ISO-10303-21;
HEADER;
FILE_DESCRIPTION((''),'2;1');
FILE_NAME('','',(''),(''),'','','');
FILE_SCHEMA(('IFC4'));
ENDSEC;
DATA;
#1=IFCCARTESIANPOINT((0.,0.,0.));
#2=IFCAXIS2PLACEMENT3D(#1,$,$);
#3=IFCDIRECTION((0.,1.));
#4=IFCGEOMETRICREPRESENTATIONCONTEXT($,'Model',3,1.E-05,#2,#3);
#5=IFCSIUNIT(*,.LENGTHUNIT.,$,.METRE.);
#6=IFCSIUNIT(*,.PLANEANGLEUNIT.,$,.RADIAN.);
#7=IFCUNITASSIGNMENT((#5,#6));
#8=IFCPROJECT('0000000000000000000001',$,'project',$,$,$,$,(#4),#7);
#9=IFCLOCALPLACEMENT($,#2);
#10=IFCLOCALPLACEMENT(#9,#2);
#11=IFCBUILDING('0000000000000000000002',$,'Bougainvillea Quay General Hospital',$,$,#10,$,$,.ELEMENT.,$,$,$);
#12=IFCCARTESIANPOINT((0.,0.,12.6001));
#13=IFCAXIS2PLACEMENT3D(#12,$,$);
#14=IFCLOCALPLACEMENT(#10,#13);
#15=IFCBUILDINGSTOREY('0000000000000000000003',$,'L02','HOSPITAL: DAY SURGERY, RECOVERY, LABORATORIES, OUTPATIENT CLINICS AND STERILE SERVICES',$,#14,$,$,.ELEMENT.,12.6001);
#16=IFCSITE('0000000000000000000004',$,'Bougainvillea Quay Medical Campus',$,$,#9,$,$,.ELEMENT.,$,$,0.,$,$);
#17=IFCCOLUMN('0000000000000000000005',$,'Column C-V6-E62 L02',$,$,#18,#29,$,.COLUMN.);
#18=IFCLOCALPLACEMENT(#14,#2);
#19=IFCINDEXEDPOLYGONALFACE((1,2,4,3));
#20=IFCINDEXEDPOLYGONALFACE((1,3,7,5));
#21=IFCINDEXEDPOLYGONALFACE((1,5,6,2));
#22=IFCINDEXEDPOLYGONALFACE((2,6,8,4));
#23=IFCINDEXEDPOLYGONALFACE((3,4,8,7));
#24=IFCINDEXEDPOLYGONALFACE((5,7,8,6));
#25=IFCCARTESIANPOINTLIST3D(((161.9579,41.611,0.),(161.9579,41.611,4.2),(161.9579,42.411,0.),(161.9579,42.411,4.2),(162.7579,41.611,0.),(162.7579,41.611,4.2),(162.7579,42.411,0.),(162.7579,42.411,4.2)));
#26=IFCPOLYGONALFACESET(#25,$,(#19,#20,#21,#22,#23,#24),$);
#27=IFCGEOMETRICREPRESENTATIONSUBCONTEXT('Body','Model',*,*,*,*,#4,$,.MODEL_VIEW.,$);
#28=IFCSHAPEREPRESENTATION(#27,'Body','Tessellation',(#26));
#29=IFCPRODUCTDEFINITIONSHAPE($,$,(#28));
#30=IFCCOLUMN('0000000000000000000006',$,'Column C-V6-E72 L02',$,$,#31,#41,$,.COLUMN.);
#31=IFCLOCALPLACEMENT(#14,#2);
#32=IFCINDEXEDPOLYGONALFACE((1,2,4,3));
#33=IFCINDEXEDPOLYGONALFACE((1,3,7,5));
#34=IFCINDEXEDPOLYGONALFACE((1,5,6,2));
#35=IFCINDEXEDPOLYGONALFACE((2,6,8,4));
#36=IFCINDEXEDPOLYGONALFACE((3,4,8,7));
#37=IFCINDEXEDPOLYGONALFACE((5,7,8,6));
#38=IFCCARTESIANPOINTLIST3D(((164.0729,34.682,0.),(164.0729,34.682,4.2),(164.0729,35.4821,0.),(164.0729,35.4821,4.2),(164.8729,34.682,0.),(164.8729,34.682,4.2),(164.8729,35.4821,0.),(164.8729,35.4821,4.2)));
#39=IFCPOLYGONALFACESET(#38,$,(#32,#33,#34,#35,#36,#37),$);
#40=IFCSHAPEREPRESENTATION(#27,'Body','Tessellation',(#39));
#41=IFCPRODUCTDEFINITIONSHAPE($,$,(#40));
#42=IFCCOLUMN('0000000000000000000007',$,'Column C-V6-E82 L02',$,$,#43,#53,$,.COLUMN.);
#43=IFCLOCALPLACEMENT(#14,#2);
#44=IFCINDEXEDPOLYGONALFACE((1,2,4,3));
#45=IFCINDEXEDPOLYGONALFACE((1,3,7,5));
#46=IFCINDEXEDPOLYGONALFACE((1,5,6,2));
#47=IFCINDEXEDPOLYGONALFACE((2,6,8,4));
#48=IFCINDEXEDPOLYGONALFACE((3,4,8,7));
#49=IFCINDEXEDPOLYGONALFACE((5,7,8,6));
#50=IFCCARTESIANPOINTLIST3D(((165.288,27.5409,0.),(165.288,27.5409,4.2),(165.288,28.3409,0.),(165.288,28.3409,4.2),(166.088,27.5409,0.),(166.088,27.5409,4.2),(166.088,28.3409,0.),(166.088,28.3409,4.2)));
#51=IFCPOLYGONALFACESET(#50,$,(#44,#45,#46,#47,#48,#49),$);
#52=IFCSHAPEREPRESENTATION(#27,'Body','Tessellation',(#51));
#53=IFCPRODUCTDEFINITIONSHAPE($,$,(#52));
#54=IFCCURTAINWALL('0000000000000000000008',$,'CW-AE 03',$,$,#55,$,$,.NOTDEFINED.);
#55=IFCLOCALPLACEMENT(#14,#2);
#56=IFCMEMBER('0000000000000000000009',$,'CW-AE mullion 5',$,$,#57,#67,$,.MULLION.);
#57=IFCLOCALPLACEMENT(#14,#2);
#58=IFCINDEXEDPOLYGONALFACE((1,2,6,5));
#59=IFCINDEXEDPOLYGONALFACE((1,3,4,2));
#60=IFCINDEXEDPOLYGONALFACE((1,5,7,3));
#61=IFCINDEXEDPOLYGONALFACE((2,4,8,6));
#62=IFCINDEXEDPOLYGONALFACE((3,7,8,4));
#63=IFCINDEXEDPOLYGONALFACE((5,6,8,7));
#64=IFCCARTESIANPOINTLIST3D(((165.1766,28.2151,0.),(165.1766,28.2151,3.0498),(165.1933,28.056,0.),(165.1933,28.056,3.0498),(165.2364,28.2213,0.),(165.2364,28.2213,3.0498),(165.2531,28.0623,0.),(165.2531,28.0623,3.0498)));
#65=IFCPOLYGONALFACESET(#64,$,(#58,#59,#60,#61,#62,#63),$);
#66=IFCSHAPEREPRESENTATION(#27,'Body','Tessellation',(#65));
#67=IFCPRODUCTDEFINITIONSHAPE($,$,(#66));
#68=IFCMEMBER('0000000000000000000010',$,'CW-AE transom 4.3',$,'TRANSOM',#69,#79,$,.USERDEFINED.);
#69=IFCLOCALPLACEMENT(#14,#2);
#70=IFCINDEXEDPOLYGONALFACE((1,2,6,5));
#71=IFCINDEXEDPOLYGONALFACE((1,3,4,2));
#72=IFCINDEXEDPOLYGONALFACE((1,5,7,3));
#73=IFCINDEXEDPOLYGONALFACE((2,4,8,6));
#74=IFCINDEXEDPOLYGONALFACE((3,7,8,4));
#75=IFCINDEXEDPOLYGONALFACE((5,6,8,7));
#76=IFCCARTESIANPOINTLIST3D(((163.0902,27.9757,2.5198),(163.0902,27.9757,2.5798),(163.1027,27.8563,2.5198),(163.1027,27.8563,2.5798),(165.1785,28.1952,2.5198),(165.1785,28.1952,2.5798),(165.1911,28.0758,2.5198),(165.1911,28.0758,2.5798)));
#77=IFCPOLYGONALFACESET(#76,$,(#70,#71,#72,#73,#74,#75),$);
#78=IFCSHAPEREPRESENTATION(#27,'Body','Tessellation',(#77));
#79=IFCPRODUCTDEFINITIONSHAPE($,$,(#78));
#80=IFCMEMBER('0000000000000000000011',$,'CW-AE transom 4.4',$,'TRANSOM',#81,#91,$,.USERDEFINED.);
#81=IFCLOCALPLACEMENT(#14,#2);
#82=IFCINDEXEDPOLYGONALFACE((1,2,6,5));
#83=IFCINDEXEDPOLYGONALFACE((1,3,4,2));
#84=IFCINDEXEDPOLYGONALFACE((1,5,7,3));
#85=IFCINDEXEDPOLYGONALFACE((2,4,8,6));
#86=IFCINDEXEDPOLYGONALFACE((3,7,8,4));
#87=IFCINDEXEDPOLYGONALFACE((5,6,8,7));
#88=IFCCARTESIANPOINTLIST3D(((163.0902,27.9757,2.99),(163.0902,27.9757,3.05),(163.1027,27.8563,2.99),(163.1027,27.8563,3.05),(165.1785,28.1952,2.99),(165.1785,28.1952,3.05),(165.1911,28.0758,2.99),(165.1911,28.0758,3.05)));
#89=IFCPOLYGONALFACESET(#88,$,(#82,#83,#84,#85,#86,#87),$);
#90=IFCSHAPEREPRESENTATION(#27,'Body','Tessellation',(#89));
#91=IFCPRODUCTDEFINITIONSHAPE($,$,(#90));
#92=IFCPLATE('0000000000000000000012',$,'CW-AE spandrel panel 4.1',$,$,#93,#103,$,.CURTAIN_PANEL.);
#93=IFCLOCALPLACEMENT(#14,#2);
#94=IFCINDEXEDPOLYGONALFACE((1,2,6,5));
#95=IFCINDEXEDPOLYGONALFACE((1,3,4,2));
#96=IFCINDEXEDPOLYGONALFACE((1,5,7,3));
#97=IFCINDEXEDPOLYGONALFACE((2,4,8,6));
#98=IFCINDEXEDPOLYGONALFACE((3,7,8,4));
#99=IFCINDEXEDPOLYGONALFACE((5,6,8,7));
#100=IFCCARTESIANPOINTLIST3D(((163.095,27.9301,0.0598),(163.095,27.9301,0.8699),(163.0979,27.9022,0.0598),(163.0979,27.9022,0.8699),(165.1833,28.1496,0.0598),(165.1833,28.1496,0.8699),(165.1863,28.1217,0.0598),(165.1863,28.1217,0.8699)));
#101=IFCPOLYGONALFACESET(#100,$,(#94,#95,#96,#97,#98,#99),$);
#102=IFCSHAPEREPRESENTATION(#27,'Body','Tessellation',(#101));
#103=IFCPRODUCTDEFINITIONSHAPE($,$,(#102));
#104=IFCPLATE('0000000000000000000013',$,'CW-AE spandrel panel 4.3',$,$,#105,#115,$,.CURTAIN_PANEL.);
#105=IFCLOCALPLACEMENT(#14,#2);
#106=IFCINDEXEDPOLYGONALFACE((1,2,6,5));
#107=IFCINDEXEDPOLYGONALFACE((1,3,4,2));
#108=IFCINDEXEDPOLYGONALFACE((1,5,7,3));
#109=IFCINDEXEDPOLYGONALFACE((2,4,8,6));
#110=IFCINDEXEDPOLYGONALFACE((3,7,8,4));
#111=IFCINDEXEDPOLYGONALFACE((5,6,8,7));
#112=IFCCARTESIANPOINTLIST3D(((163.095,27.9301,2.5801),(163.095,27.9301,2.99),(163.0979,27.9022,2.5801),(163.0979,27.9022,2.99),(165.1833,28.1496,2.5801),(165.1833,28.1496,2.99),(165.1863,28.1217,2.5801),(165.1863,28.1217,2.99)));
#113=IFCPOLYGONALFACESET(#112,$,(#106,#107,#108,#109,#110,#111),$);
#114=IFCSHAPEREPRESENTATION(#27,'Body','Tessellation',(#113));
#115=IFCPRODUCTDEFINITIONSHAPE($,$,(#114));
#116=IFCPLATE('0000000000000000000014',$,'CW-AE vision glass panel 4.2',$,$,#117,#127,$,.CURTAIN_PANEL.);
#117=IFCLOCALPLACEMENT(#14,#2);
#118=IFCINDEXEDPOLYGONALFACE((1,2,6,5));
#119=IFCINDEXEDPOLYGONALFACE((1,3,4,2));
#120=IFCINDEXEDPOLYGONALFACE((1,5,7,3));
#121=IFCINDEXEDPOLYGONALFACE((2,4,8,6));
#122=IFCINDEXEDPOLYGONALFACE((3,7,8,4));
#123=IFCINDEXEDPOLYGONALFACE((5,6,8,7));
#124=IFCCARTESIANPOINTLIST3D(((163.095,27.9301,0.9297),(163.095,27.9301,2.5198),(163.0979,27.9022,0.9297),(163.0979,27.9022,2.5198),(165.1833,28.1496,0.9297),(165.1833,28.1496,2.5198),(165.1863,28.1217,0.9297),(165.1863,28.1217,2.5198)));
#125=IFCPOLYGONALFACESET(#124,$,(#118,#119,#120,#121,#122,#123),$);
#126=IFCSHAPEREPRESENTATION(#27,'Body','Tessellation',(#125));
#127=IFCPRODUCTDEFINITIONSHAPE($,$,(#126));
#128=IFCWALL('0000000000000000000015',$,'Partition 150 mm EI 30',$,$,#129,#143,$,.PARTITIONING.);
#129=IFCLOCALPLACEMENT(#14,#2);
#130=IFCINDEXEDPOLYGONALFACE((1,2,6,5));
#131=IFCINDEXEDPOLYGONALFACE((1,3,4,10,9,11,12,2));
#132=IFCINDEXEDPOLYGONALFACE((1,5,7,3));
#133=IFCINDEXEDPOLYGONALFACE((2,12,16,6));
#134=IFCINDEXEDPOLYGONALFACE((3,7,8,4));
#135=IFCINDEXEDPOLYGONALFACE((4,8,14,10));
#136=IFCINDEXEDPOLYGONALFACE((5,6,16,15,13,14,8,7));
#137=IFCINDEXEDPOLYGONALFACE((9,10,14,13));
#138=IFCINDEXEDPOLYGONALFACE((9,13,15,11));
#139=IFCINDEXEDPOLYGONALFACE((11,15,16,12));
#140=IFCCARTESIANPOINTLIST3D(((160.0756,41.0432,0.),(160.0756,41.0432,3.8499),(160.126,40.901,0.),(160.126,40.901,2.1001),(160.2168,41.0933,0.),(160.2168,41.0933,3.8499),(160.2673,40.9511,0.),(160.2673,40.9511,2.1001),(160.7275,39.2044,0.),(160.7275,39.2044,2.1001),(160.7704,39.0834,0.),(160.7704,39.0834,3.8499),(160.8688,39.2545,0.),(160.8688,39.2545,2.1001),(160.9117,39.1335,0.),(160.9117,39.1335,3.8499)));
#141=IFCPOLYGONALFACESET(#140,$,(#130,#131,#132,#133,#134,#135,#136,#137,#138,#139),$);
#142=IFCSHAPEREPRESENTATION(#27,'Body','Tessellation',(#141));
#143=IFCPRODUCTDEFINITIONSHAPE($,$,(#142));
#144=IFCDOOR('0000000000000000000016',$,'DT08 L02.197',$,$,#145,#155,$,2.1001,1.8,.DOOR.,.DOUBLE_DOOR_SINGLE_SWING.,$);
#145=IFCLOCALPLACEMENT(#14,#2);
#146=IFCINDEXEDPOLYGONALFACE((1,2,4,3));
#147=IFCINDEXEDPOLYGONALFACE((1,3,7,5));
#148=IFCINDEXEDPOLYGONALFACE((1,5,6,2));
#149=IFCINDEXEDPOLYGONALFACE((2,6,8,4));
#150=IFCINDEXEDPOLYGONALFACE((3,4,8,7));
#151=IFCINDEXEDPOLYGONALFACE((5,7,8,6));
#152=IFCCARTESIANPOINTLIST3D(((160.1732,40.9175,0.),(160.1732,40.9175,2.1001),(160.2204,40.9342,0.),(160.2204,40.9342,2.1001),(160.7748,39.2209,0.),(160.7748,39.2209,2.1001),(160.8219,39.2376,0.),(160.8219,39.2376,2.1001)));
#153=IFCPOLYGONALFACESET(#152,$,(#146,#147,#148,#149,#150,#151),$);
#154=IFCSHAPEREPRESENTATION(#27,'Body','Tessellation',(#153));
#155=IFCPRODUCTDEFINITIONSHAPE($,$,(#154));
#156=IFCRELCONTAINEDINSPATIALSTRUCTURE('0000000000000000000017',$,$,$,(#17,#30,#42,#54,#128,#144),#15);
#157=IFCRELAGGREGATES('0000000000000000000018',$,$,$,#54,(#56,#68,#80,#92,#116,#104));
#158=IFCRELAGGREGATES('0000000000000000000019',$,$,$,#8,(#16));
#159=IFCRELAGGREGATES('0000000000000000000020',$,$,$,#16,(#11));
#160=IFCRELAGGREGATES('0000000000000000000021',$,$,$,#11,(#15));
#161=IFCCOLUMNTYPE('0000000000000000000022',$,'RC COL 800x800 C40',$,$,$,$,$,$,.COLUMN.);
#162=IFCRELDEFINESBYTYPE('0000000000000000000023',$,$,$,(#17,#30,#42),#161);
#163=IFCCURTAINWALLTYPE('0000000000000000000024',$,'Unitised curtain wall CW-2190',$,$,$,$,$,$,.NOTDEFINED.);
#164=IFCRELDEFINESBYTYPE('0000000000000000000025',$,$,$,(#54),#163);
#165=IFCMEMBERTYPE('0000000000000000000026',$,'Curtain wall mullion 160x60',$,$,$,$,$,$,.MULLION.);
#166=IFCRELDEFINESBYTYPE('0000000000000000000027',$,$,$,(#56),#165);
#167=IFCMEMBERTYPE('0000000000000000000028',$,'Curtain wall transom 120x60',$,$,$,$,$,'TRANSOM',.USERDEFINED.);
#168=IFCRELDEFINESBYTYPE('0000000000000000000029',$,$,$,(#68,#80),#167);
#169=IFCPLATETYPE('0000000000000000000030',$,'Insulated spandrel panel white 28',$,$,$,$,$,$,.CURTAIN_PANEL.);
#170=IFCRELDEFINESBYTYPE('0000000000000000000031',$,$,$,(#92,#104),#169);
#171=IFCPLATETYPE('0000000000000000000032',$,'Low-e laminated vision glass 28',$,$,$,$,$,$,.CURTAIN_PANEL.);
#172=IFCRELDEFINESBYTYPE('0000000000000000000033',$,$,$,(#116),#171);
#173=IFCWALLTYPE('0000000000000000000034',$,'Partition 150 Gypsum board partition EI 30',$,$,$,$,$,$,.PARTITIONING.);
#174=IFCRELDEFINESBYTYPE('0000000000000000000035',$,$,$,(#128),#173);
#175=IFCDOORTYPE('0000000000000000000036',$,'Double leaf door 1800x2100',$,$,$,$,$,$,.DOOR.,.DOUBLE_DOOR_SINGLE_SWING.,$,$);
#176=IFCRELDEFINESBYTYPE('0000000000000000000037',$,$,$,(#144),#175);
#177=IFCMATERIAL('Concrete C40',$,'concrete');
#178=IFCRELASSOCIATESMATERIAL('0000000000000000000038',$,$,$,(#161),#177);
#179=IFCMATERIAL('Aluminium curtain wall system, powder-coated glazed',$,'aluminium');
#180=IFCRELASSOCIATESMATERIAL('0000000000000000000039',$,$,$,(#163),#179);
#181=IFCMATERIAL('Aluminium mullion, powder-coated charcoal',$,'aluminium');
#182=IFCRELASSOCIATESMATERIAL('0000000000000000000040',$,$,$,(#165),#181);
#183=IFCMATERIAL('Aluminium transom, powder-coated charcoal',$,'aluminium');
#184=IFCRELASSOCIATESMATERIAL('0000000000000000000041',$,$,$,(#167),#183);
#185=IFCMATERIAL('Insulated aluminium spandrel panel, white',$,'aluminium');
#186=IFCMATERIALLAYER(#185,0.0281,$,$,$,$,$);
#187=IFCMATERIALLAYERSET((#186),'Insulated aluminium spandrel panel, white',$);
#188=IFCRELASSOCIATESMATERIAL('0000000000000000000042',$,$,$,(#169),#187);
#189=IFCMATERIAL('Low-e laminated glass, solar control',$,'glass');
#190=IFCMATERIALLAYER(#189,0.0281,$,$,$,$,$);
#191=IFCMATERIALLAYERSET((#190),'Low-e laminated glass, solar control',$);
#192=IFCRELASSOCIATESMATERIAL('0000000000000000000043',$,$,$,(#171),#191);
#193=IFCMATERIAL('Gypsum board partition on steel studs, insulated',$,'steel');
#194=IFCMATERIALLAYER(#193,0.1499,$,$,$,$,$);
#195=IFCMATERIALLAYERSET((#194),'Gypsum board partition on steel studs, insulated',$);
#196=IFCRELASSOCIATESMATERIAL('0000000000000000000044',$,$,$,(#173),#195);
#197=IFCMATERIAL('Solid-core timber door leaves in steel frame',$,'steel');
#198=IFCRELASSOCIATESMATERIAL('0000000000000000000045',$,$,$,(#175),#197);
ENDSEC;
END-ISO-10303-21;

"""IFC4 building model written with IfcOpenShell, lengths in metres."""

from ifc_helpers import new_model, si_unit, direction, frame, frame_2d, origin, origin_2d, place, context, subcontext, project, spatial, rectangle, extrude, material, layer, layer_set, material_profile, profile_set, type_object, element, fill, aggregate, save


model = new_model("IFC4")

# Units and contexts
model_context = context("Model", 3, precision=1e-05, world=origin(), true_north=direction((0.0, 1.0)))
body_context = subcontext(model_context, "Body", "Model", "MODEL_VIEW")
ifc_project = project(units=[si_unit("LENGTHUNIT", "METRE"), si_unit("PLANEANGLEUNIT", "RADIAN")], contexts=[model_context])

# Site, building, storey
site_placement = place(None, origin())
site = spatial("IfcSite", under=ifc_project, at=site_placement, Name="Bougainvillea Quay Medical Campus", CompositionType="ELEMENT", RefElevation=0.0)
building_placement = place(site_placement, origin())
building = spatial("IfcBuilding", under=site, at=building_placement, Name="Bougainvillea Quay General Hospital", CompositionType="ELEMENT")
storey_placement = place(building_placement, frame((0.0, 0.0, 12.6001)))
storey = spatial("IfcBuildingStorey", under=building, at=storey_placement, Name="L02", Description="HOSPITAL: DAY SURGERY, RECOVERY, LABORATORIES, OUTPATIENT CLINICS AND STERILE SERVICES", CompositionType="ELEMENT", Elevation=12.6001)

# Columns
ifc_material_1 = material(Name="Concrete C40", Category="concrete")
ifc_material_profile_1 = material_profile(ifc_material_1, rectangle(XDim=0.8, YDim=0.8, at=origin_2d()))
ifc_profile_set_1 = profile_set([ifc_material_profile_1], Name="Concrete C40")
column_type = type_object("IfcColumnType", Name="RC COL 800x800 C40", PredefinedType="COLUMN", material=ifc_profile_set_1)
for number, where, z_axis, x_axis, name in (
    (1, (162.3579, 42.011, 0.0), (0.0, 0.0, 1.0), (1.0, 0.0, 0.0), "Column C-V6-E62 L02"),
    (2, (164.4729, 35.082, 0.0), (0.0, 0.0, 1.0), (1.0, 0.0, 0.0), "Column C-V6-E72 L02"),
    (3, (165.688, 27.9409, 0.0), (0.0, 0.0, 1.0), (1.0, 0.0, 0.0), "Column C-V6-E82 L02"),
):
    element("IfcColumn", number, at=place(storey_placement, frame(where, z_axis=z_axis, x_axis=x_axis)), inside=storey, type_object=column_type, Name=name, PredefinedType="COLUMN", context=body_context, shape_type="SweptSolid", body=[
        extrude(rectangle(XDim=0.8, YDim=0.8, at=origin_2d()), origin(), (0.0, 0.0, 1.0), 4.2),
    ])

# Curtain wall, members, plates
ifc_material_2 = material(Name="Aluminium curtain wall system, powder-coated glazed", Category="aluminium")
curtain_wall_type = type_object("IfcCurtainWallType", Name="Unitised curtain wall CW-2190", PredefinedType="NOTDEFINED", material=ifc_material_2)
curtain_wall_placement = place(storey_placement, origin())
curtain_wall = element("IfcCurtainWall", 4, at=curtain_wall_placement, inside=storey, type_object=curtain_wall_type, Name="CW-AE 03", PredefinedType="NOTDEFINED")
ifc_material_3 = material(Name="Aluminium mullion, powder-coated charcoal", Category="aluminium")
ifc_material_profile_2 = material_profile(ifc_material_3, rectangle(XDim=0.1599, YDim=0.0601, at=origin_2d()))
ifc_profile_set_2 = profile_set([ifc_material_profile_2], Name="Aluminium mullion, powder-coated charcoal")
member_type_1 = type_object("IfcMemberType", Name="Curtain wall mullion 160x60", PredefinedType="MULLION", material=ifc_profile_set_2)
member_1_placement = place(storey_placement, frame((165.2148, 28.1387, 0.0), z_axis=(0.0, 0.0, 1.0), x_axis=(-0.104527, 0.994522, 0.0)))
member_1 = element("IfcMember", 5, at=member_1_placement, type_object=member_type_1, Name="CW-AE mullion 5", PredefinedType="MULLION", context=body_context, shape_type="SweptSolid", body=[
    extrude(rectangle(XDim=0.1599, YDim=0.0601, at=origin_2d()), origin(), (0.0, 0.0, 1.0), 3.0498),
])
ifc_material_4 = material(Name="Aluminium transom, powder-coated charcoal", Category="aluminium")
ifc_material_profile_3 = material_profile(ifc_material_4, rectangle(XDim=0.1201, YDim=0.0601, at=origin_2d()))
ifc_profile_set_3 = profile_set([ifc_material_profile_3], Name="Aluminium transom, powder-coated charcoal")
member_type_2 = type_object("IfcMemberType", Name="Curtain wall transom 120x60", ElementType="TRANSOM", PredefinedType="USERDEFINED", material=ifc_profile_set_3)
member_2_placement = place(storey_placement, frame((163.0964, 27.916, 2.5498), z_axis=(0.994523, 0.104521, 0.0), x_axis=(-0.104521, 0.994523, 0.0)))
member_2 = element("IfcMember", 6, at=member_2_placement, type_object=member_type_2, Name="CW-AE transom 4.3", ObjectType="TRANSOM", PredefinedType="USERDEFINED", context=body_context, shape_type="SweptSolid", body=[
    extrude(rectangle(XDim=0.1201, YDim=0.0601, at=origin_2d()), origin(), (0.0, 0.0, 1.0), 2.0999),
])
member_3_placement = place(storey_placement, frame((163.0964, 27.916, 3.02), z_axis=(0.994523, 0.104521, 0.0), x_axis=(-0.104521, 0.994523, 0.0)))
member_3 = element("IfcMember", 7, at=member_3_placement, type_object=member_type_2, Name="CW-AE transom 4.4", ObjectType="TRANSOM", PredefinedType="USERDEFINED", context=body_context, shape_type="SweptSolid", body=[
    extrude(rectangle(XDim=0.1201, YDim=0.0601, at=origin_2d()), origin(), (0.0, 0.0, 1.0), 2.0999),
])
ifc_material_5 = material(Name="Insulated aluminium spandrel panel, white", Category="aluminium")
ifc_layer_1 = layer(ifc_material_5, 0.0281)
ifc_layer_set_1 = layer_set([ifc_layer_1], Name="Insulated aluminium spandrel panel, white")
plate_type_1 = type_object("IfcPlateType", Name="Insulated spandrel panel white 28", PredefinedType="CURTAIN_PANEL", material=ifc_layer_set_1)
plate_1_placement = place(storey_placement, frame((164.1406, 28.0259, 0.0598), z_axis=(0.0, 0.0, 1.0), x_axis=(0.994522, 0.104527, 0.0)))
plate_1 = element("IfcPlate", 8, at=plate_1_placement, type_object=plate_type_1, Name="CW-AE spandrel panel 4.1", PredefinedType="CURTAIN_PANEL", context=body_context, shape_type="SweptSolid", body=[
    extrude(rectangle(XDim=2.0999, YDim=0.0281, at=origin_2d()), origin(), (0.0, 0.0, 1.0), 0.8101),
])
plate_2_placement = place(storey_placement, frame((164.1406, 28.0259, 2.5801), z_axis=(0.0, 0.0, 1.0), x_axis=(0.994522, 0.104527, 0.0)))
plate_2 = element("IfcPlate", 9, at=plate_2_placement, type_object=plate_type_1, Name="CW-AE spandrel panel 4.3", PredefinedType="CURTAIN_PANEL", context=body_context, shape_type="SweptSolid", body=[
    extrude(rectangle(XDim=2.0999, YDim=0.0281, at=origin_2d()), origin(), (0.0, 0.0, 1.0), 0.4099),
])
ifc_material_6 = material(Name="Low-e laminated glass, solar control", Category="glass")
ifc_layer_2 = layer(ifc_material_6, 0.0281)
ifc_layer_set_2 = layer_set([ifc_layer_2], Name="Low-e laminated glass, solar control")
plate_type_2 = type_object("IfcPlateType", Name="Low-e laminated vision glass 28", PredefinedType="CURTAIN_PANEL", material=ifc_layer_set_2)
plate_3_placement = place(storey_placement, frame((164.1406, 28.0259, 0.9297), z_axis=(0.0, 0.0, 1.0), x_axis=(0.994522, 0.104527, 0.0)))
plate_3 = element("IfcPlate", 10, at=plate_3_placement, type_object=plate_type_2, Name="CW-AE vision glass panel 4.2", PredefinedType="CURTAIN_PANEL", context=body_context, shape_type="SweptSolid", body=[
    extrude(rectangle(XDim=2.0999, YDim=0.0281, at=origin_2d()), origin(), (0.0, 0.0, 1.0), 1.5901),
])
aggregate(curtain_wall, [member_1, member_2, member_3, plate_1, plate_3, plate_2])

# Wall, opening, door
ifc_material_7 = material(Name="Gypsum board partition on steel studs, insulated", Category="steel")
ifc_layer_3 = layer(ifc_material_7, 0.1499)
ifc_layer_set_3 = layer_set([ifc_layer_3], Name="Gypsum board partition on steel studs, insulated")
wall_type_1 = type_object("IfcWallType", Name="Partition 150 Gypsum board partition EI 30", PredefinedType="PARTITIONING", material=ifc_layer_set_3)
wall_1_placement = place(storey_placement, frame((160.1462, 41.0681, 0.0), z_axis=(0.0, 0.0, 1.0), x_axis=(0.334171, -0.942512, 0.0)))
wall_1 = element("IfcWall", 11, at=wall_1_placement, inside=storey, type_object=wall_type_1, Name="Partition 150 mm EI 30", PredefinedType="PARTITIONING", context=body_context, shape_type="SweptSolid", body=[
    extrude(rectangle(XDim=2.0793, YDim=0.1499, at=frame_2d((1.0396, 0.0))), origin(), (0.0, 0.0, 1.0), 3.8499),
])
opening_1_placement = place(wall_1_placement, frame((0.1509, 0.0, 0.0)))
opening_1 = element("IfcOpeningElement", 12, at=opening_1_placement, cuts=wall_1, PredefinedType="OPENING", context=body_context, shape_type="SweptSolid", body=[
    extrude(rectangle(XDim=1.8, YDim=2.1001, at=frame_2d((0.8999, 1.05))), frame((0.0, 0.085, 0.0), z_axis=(0.0, -1.0, 0.0), x_axis=(1.0, 0.0, 0.0)), (0.0, 0.0, 1.0), 0.1699),
])
ifc_material_8 = material(Name="Solid-core timber door leaves in steel frame", Category="steel")
door_type_1 = type_object("IfcDoorType", Name="Double leaf door 1800x2100", OperationType="DOUBLE_DOOR_SINGLE_SWING", PredefinedType="DOOR", material=ifc_material_8)
door_1_placement = place(opening_1_placement, frame((1.8, 0.0, 0.0), z_axis=(0.0, 0.0, 1.0), x_axis=(-1.0, 0.0, 0.0)))
door_1 = element("IfcDoor", 13, at=door_1_placement, inside=storey, type_object=door_type_1, Name="DT08 L02.197", OperationType="DOUBLE_DOOR_SINGLE_SWING", OverallHeight=2.1001, OverallWidth=1.8, PredefinedType="DOOR", context=body_context, shape_type="SweptSolid", body=[
    extrude(rectangle(XDim=1.8, YDim=2.1001, at=frame_2d((0.8999, 1.05))), frame((0.0, 0.0249, 0.0), z_axis=(0.0, -1.0, 0.0), x_axis=(1.0, 0.0, 0.0)), (0.0, 0.0, 1.0), 0.05),
])
fill(opening_1, door_1)

save(model, "model.ifc")
